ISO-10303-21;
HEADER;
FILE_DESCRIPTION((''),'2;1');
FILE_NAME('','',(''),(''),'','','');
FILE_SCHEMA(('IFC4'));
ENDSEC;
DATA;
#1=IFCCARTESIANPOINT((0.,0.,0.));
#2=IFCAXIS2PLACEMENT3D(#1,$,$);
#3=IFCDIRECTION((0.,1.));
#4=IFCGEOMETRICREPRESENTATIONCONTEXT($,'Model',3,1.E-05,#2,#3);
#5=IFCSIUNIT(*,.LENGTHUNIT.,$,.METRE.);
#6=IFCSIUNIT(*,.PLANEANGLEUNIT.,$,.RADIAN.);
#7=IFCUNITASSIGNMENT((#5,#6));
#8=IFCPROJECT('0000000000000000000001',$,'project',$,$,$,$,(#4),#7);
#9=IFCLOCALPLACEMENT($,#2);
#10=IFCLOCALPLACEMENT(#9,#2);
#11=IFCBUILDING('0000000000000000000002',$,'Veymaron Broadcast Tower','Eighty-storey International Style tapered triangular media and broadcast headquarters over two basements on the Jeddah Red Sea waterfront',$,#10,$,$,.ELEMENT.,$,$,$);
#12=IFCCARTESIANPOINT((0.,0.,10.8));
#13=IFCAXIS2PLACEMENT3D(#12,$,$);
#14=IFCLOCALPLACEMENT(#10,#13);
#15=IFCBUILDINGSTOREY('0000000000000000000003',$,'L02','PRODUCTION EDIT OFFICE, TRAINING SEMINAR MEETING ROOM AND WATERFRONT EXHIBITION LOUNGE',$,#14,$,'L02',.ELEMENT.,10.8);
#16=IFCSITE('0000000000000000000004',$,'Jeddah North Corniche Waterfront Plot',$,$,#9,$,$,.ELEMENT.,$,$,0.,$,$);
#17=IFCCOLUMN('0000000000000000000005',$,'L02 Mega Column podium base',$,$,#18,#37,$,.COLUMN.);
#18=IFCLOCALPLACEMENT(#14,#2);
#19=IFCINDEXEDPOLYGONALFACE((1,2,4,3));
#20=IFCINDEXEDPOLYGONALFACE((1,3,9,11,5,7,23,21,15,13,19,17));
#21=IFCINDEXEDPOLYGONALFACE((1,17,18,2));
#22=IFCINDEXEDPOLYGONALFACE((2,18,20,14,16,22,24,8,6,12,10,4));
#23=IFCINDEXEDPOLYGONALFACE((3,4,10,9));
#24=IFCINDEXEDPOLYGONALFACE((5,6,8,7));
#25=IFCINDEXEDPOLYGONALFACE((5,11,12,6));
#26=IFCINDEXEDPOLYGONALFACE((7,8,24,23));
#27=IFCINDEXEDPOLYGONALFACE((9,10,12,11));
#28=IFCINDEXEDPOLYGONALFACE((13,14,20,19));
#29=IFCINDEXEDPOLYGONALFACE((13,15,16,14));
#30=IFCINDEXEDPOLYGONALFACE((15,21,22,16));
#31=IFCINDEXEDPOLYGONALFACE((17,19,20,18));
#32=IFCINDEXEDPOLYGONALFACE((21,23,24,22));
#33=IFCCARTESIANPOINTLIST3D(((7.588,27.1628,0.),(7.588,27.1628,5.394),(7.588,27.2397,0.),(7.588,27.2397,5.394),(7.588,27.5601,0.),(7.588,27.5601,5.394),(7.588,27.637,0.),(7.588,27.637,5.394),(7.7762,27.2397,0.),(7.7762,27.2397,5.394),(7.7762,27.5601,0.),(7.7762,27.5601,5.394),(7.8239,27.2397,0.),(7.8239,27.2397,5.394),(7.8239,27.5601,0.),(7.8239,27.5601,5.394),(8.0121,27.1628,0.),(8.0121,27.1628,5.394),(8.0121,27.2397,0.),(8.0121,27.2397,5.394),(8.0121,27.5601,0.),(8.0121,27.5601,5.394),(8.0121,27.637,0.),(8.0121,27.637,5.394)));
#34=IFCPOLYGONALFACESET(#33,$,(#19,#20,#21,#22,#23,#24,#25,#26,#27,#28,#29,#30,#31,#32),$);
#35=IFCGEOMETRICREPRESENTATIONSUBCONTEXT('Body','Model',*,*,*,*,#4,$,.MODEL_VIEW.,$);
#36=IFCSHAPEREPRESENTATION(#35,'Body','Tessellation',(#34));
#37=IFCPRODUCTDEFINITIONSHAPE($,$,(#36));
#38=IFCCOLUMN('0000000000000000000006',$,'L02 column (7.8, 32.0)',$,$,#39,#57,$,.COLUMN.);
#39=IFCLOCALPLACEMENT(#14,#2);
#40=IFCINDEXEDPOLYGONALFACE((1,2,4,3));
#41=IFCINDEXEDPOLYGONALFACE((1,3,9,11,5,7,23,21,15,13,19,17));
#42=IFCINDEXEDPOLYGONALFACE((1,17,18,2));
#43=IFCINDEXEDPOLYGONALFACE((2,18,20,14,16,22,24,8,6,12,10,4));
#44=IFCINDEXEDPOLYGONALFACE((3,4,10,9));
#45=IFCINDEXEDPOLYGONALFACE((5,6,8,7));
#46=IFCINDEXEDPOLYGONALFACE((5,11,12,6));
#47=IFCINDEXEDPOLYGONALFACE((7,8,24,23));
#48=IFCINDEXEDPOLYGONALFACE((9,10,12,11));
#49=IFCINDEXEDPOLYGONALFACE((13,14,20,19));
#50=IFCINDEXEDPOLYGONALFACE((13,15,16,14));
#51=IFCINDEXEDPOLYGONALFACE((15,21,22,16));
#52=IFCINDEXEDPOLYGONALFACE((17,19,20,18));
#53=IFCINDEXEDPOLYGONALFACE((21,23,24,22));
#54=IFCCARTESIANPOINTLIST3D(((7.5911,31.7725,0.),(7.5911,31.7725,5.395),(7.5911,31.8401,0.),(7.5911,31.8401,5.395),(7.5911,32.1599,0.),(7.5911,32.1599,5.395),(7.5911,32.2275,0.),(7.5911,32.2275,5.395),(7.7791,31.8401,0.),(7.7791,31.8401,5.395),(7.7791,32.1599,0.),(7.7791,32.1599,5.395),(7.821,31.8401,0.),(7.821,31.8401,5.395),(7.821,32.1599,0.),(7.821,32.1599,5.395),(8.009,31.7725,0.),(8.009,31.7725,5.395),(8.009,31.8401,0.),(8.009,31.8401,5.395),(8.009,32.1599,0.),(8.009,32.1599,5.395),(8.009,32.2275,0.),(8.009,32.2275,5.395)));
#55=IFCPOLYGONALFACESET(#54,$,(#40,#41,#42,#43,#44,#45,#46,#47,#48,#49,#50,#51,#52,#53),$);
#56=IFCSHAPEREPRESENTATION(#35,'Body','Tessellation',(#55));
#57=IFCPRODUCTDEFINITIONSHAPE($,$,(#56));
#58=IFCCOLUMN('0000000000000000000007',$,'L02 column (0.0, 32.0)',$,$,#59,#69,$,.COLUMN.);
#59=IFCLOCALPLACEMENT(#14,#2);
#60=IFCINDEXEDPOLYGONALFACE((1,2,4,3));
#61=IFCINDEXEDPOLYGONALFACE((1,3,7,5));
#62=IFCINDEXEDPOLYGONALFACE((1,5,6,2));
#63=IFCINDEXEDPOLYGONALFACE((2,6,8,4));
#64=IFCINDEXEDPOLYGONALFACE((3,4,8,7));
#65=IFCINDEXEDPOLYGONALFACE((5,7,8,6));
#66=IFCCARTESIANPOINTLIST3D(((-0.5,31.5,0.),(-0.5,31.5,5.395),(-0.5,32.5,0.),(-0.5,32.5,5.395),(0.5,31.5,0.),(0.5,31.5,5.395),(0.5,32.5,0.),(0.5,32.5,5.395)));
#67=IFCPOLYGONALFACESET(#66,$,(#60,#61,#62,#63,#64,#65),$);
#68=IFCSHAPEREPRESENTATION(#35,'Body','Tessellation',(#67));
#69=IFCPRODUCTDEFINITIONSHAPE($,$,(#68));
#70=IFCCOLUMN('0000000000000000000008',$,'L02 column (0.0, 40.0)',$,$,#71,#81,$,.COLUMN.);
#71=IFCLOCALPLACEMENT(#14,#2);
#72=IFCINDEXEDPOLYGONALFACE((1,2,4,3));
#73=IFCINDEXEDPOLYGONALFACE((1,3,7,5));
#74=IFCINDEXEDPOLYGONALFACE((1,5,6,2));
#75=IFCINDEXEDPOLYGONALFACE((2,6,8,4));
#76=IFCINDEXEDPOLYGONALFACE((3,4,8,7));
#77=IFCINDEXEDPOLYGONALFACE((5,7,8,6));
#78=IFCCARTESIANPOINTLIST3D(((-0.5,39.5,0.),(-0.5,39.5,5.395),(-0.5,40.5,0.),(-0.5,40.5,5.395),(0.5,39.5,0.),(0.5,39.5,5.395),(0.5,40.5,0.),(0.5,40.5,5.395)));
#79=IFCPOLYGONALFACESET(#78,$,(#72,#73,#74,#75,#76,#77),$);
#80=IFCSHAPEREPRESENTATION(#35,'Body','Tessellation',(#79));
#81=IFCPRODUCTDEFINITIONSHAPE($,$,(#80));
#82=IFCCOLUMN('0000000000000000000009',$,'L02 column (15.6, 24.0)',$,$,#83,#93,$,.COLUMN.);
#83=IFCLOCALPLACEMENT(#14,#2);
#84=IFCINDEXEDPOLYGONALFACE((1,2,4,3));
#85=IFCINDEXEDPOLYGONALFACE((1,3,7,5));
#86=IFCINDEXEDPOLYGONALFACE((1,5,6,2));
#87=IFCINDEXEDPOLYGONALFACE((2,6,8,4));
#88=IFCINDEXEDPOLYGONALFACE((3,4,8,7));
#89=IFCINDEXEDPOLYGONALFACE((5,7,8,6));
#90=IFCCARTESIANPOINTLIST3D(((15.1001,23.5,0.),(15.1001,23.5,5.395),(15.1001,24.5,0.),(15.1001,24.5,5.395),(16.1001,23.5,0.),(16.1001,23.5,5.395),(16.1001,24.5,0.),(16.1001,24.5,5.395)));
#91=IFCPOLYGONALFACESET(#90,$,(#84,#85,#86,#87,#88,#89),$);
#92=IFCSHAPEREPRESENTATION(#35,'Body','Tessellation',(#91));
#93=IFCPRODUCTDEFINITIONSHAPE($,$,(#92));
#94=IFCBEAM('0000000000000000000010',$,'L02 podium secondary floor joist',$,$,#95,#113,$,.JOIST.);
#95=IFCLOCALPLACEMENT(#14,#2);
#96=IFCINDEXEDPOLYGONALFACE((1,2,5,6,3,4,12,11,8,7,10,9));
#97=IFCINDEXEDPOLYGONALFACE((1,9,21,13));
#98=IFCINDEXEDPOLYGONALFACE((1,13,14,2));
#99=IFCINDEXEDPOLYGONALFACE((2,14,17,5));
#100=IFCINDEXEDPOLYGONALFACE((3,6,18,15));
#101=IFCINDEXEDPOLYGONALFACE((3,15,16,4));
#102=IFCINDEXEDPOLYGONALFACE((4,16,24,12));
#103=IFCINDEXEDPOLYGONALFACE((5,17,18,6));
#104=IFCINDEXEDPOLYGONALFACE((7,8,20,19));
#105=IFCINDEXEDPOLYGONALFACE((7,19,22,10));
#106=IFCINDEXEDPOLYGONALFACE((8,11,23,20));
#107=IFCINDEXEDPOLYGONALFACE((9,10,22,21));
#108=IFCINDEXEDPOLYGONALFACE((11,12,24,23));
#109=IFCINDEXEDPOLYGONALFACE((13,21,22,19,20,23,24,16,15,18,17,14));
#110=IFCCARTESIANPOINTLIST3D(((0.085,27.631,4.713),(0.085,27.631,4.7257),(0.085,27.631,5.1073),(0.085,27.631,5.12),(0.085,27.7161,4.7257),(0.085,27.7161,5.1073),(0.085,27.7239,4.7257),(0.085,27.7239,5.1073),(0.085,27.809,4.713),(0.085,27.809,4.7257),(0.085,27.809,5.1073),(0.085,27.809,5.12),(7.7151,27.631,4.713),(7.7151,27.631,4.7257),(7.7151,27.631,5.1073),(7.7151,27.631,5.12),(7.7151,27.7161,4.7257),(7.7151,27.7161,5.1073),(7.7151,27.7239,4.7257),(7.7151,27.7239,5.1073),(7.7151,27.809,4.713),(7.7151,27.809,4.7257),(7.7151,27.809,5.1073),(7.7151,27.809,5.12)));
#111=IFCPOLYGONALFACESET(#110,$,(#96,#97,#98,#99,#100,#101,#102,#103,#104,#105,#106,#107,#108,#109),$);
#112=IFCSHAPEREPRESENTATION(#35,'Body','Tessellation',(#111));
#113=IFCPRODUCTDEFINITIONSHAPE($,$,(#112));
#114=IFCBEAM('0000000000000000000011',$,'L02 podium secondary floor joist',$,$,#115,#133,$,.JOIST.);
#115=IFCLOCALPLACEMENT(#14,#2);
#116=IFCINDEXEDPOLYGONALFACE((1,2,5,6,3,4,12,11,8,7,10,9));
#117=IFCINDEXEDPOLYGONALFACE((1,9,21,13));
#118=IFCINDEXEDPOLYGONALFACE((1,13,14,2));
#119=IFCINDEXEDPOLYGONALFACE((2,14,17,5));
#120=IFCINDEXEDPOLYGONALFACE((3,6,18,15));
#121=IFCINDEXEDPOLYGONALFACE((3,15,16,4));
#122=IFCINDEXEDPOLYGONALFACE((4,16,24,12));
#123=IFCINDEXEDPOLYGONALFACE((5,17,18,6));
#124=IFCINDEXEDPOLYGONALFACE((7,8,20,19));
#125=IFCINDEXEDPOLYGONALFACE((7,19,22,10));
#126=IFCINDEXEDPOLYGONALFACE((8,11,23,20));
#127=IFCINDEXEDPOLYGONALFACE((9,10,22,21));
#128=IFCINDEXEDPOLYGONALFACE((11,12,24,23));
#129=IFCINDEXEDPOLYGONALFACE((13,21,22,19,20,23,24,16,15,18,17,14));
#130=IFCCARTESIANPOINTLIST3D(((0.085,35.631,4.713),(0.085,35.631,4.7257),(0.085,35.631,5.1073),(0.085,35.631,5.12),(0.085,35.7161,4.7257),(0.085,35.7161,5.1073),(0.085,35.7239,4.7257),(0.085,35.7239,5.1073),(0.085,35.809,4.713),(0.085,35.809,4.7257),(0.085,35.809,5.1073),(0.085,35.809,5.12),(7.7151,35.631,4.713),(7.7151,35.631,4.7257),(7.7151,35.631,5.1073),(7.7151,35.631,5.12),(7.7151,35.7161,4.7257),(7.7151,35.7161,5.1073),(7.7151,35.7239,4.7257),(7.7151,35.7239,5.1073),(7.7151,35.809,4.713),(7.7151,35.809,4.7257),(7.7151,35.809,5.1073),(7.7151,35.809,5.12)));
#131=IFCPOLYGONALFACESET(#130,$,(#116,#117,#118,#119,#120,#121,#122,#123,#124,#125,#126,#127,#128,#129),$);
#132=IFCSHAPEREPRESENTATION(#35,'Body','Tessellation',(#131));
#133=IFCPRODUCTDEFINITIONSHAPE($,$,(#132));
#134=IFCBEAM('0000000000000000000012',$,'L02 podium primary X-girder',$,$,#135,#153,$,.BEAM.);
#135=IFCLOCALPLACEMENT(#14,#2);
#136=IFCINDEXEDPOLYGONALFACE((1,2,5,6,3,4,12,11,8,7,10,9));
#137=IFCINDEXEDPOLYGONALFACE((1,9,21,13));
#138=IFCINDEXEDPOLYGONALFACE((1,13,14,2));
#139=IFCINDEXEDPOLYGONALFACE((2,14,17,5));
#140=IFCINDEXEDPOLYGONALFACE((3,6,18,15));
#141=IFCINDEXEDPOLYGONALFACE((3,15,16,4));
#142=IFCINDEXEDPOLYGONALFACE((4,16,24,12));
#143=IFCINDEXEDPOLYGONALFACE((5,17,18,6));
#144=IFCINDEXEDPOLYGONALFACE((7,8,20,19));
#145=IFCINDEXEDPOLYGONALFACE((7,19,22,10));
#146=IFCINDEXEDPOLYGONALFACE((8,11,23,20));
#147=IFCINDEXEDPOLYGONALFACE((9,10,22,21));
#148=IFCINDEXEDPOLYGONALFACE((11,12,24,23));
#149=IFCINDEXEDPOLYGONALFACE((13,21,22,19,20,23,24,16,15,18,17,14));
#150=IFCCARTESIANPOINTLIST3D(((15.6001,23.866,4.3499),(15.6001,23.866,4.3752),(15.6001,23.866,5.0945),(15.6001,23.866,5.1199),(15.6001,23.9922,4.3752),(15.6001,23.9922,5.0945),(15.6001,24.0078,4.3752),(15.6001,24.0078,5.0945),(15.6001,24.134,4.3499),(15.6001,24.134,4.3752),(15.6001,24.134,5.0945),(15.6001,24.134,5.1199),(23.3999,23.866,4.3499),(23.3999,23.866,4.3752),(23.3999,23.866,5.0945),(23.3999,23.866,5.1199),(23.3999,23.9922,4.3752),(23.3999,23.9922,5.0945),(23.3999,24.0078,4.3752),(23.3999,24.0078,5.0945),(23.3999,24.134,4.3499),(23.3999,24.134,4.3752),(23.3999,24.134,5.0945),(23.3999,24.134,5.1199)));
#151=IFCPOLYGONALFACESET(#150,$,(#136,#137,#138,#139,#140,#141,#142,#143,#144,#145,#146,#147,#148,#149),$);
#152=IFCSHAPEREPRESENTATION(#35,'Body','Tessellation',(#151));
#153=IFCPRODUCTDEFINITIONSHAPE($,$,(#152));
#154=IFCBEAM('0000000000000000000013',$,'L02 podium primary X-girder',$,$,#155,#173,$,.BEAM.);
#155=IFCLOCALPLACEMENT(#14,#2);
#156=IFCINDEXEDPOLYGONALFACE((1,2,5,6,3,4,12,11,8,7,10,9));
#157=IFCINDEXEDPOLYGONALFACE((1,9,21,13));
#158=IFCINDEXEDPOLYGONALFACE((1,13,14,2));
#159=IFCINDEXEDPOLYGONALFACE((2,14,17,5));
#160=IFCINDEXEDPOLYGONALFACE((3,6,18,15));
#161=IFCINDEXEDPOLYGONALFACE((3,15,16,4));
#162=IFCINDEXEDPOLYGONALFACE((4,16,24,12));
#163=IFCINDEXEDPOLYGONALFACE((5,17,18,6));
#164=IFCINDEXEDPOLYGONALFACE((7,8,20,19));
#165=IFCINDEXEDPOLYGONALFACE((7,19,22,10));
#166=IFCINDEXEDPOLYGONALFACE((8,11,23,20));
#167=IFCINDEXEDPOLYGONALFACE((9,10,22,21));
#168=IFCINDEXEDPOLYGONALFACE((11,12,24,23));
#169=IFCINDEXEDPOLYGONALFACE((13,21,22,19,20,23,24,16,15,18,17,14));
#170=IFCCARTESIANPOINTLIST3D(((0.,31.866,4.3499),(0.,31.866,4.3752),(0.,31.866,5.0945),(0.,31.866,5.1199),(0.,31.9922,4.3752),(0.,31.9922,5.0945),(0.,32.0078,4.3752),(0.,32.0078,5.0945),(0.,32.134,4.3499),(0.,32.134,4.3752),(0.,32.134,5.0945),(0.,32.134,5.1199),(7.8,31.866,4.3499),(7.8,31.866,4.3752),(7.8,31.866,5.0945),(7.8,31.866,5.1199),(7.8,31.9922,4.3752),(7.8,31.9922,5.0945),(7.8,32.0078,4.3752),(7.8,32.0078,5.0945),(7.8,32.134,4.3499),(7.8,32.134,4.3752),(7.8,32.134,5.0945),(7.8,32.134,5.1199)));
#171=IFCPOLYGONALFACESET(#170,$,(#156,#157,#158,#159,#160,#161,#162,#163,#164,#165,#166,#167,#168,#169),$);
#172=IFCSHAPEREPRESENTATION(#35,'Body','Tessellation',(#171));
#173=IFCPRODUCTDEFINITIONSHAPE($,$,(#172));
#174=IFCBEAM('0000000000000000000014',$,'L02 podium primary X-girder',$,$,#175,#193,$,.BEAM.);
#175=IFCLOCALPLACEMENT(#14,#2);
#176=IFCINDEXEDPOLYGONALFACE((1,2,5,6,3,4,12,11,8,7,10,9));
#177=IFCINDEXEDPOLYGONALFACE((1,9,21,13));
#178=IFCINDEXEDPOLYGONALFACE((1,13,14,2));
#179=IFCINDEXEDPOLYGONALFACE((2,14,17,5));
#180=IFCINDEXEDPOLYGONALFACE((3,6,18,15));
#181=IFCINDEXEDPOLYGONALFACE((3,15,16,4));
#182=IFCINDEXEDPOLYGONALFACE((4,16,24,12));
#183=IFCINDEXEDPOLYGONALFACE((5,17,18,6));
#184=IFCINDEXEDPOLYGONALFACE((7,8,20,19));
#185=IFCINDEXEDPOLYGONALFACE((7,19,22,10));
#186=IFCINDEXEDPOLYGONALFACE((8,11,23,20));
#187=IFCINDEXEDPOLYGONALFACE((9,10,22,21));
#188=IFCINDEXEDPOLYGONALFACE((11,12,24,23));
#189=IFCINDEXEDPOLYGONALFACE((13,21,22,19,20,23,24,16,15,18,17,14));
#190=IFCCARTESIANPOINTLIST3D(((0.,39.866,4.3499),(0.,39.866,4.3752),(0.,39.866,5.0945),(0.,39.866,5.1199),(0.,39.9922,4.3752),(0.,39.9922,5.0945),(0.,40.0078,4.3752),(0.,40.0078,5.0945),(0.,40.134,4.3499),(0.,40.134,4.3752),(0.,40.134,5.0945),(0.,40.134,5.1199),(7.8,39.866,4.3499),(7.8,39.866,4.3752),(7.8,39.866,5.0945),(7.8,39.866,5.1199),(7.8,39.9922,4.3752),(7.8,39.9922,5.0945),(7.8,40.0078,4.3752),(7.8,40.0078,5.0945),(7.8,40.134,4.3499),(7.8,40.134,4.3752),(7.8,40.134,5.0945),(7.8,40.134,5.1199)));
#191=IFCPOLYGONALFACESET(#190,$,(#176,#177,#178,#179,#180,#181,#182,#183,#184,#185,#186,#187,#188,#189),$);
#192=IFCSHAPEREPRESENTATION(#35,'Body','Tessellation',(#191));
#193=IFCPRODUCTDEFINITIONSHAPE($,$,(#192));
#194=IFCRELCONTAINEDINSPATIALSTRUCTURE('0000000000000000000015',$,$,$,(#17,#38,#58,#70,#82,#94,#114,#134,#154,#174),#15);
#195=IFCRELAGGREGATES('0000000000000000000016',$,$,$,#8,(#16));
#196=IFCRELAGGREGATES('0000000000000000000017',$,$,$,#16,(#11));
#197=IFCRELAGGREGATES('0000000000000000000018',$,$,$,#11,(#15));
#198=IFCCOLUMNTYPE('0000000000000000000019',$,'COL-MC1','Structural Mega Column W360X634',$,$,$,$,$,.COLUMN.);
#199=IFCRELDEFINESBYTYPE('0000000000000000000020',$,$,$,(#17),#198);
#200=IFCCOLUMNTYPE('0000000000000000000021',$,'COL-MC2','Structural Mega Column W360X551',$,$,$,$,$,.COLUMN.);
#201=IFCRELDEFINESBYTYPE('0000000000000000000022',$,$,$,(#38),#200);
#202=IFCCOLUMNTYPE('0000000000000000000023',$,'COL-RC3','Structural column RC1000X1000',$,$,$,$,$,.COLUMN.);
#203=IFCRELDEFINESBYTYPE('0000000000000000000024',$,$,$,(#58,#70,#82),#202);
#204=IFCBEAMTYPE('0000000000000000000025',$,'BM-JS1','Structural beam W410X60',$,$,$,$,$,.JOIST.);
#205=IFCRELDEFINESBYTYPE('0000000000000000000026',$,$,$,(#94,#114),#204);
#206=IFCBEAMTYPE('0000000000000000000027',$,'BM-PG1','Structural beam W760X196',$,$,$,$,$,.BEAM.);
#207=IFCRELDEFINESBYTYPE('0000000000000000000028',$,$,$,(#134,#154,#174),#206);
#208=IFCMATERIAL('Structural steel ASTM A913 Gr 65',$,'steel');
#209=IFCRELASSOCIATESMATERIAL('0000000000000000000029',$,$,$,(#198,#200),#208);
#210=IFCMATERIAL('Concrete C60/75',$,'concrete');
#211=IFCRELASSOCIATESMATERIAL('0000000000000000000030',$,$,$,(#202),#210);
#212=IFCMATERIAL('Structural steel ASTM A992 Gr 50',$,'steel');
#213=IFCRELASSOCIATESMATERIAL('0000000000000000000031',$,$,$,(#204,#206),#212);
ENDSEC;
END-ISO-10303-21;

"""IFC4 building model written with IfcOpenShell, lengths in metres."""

from ifc_helpers import new_model, si_unit, direction, frame, origin, origin_2d, place, context, subcontext, project, spatial, rectangle, i_section, extrude, material, material_profile, profile_set, type_object, element, save


model = new_model("IFC4")

# Units and contexts
model_context = context("Model", 3, precision=1e-05, world=origin(), true_north=direction((0.0, 1.0)))
body_context = subcontext(model_context, "Body", "Model", "MODEL_VIEW")
ifc_project = project(units=[si_unit("LENGTHUNIT", "METRE"), si_unit("PLANEANGLEUNIT", "RADIAN")], contexts=[model_context])

# Site, building, storey
site_placement = place(None, origin())
site = spatial("IfcSite", under=ifc_project, at=site_placement, Name="Jeddah North Corniche Waterfront Plot", CompositionType="ELEMENT", RefElevation=0.0)
building_placement = place(site_placement, origin())
building = spatial("IfcBuilding", under=site, at=building_placement, Name="Veymaron Broadcast Tower", Description="Eighty-storey International Style tapered triangular media and broadcast headquarters over two basements on the Jeddah Red Sea waterfront", CompositionType="ELEMENT")
storey_placement = place(building_placement, frame((0.0, 0.0, 10.8)))
storey = spatial("IfcBuildingStorey", under=building, at=storey_placement, Name="L02", Description="PRODUCTION EDIT OFFICE, TRAINING SEMINAR MEETING ROOM AND WATERFRONT EXHIBITION LOUNGE", LongName="L02", CompositionType="ELEMENT", Elevation=10.8)

# Columns
ifc_material_1 = material(Name="Structural steel ASTM A913 Gr 65", Category="steel")
ifc_material_profile_1 = material_profile(ifc_material_1, i_section(OverallWidth=0.4241, OverallDepth=0.4741, WebThickness=0.0476, FlangeThickness=0.0769, at=origin_2d()), Name="W360X634")
ifc_profile_set_1 = profile_set([ifc_material_profile_1], Name="Structural steel ASTM A913 Gr 65")
column_type_1 = type_object("IfcColumnType", Name="COL-MC1", Description="Structural Mega Column W360X634", PredefinedType="COLUMN", material=ifc_profile_set_1)
column_1_placement = place(storey_placement, frame((7.8, 27.3999, 0.0), z_axis=(0.0, 0.0, 1.0), x_axis=(1.0, 0.0, 0.0)))
element("IfcColumn", 1, at=column_1_placement, inside=storey, type_object=column_type_1, Name="L02 Mega Column podium base", PredefinedType="COLUMN", context=body_context, shape_type="SweptSolid", body=[
    extrude(i_section(OverallWidth=0.4241, OverallDepth=0.4741, WebThickness=0.0476, FlangeThickness=0.0769, at=origin_2d()), origin(), (0.0, 0.0, 1.0), 5.394),
])
ifc_material_profile_2 = material_profile(ifc_material_1, i_section(OverallWidth=0.418, OverallDepth=0.4551, WebThickness=0.042, FlangeThickness=0.0676, at=origin_2d()), Name="W360X551")
ifc_profile_set_2 = profile_set([ifc_material_profile_2], Name="Structural steel ASTM A913 Gr 65")
column_type_2 = type_object("IfcColumnType", Name="COL-MC2", Description="Structural Mega Column W360X551", PredefinedType="COLUMN", material=ifc_profile_set_2)
column_2_placement = place(storey_placement, frame((7.8, 32.0, 0.0), z_axis=(0.0, 0.0, 1.0), x_axis=(1.0, 0.0, 0.0)))
element("IfcColumn", 2, at=column_2_placement, inside=storey, type_object=column_type_2, Name="L02 column (7.8, 32.0)", PredefinedType="COLUMN", context=body_context, shape_type="SweptSolid", body=[
    extrude(i_section(OverallWidth=0.418, OverallDepth=0.4551, WebThickness=0.042, FlangeThickness=0.0676, at=origin_2d()), origin(), (0.0, 0.0, 1.0), 5.395),
])
ifc_material_2 = material(Name="Concrete C60/75", Category="concrete")
ifc_material_profile_3 = material_profile(ifc_material_2, rectangle(XDim=1.0, YDim=1.0, at=origin_2d()), Name="RC1000X1000")
ifc_profile_set_3 = profile_set([ifc_material_profile_3], Name="Concrete C60/75")
column_type_3 = type_object("IfcColumnType", Name="COL-RC3", Description="Structural column RC1000X1000", PredefinedType="COLUMN", material=ifc_profile_set_3)
for number, where, z_axis, x_axis, name in (
    (3, (0.0, 32.0, 0.0), (0.0, 0.0, 1.0), (1.0, 0.0, 0.0), "L02 column (0.0, 32.0)"),
    (4, (0.0, 40.0, 0.0), (0.0, 0.0, 1.0), (1.0, 0.0, 0.0), "L02 column (0.0, 40.0)"),
    (5, (15.6001, 24.0, 0.0), (0.0, 0.0, 1.0), (1.0, 0.0, 0.0), "L02 column (15.6, 24.0)"),
):
    element("IfcColumn", number, at=place(storey_placement, frame(where, z_axis=z_axis, x_axis=x_axis)), inside=storey, type_object=column_type_3, Name=name, PredefinedType="COLUMN", context=body_context, shape_type="SweptSolid", body=[
        extrude(rectangle(XDim=1.0, YDim=1.0, at=origin_2d()), origin(), (0.0, 0.0, 1.0), 5.395),
    ])

# Beams
ifc_material_3 = material(Name="Structural steel ASTM A992 Gr 50", Category="steel")
ifc_material_profile_4 = material_profile(ifc_material_3, i_section(OverallWidth=0.178, OverallDepth=0.407, WebThickness=0.0078, FlangeThickness=0.0127, at=origin_2d()), Name="W410X60")
ifc_profile_set_4 = profile_set([ifc_material_profile_4], Name="Structural steel ASTM A992 Gr 50")
beam_type_1 = type_object("IfcBeamType", Name="BM-JS1", Description="Structural beam W410X60", PredefinedType="JOIST", material=ifc_profile_set_4)
for number, where, z_axis, x_axis, name in (
    (6, (0.085, 27.72, 4.9165), (1.0, 0.0, 0.0), (0.0, 1.0, 0.0), "L02 podium secondary floor joist"),
    (7, (0.085, 35.72, 4.9165), (1.0, 0.0, 0.0), (0.0, 1.0, 0.0), "L02 podium secondary floor joist"),
):
    element("IfcBeam", number, at=place(storey_placement, frame(where, z_axis=z_axis, x_axis=x_axis)), inside=storey, type_object=beam_type_1, Name=name, PredefinedType="JOIST", context=body_context, shape_type="SweptSolid", body=[
        extrude(i_section(OverallWidth=0.178, OverallDepth=0.407, WebThickness=0.0078, FlangeThickness=0.0127, at=origin_2d()), origin(), (0.0, 0.0, 1.0), 7.6301),
    ])
ifc_material_profile_5 = material_profile(ifc_material_3, i_section(OverallWidth=0.2681, OverallDepth=0.77, WebThickness=0.0156, FlangeThickness=0.0254, at=origin_2d()), Name="W760X196")
ifc_profile_set_5 = profile_set([ifc_material_profile_5], Name="Structural steel ASTM A992 Gr 50")
beam_type_2 = type_object("IfcBeamType", Name="BM-PG1", Description="Structural beam W760X196", PredefinedType="BEAM", material=ifc_profile_set_5)
beam_1_placement = place(storey_placement, frame((15.6001, 24.0, 4.7349), z_axis=(1.0, 0.0, 0.0), x_axis=(0.0, 1.0, 0.0)))
element("IfcBeam", 8, at=beam_1_placement, inside=storey, type_object=beam_type_2, Name="L02 podium primary X-girder", PredefinedType="BEAM", context=body_context, shape_type="SweptSolid", body=[
    extrude(i_section(OverallWidth=0.2681, OverallDepth=0.77, WebThickness=0.0156, FlangeThickness=0.0254, at=origin_2d()), origin(), (0.0, 0.0, 1.0), 7.7998),
])
for number, where, z_axis, x_axis, name in (
    (9, (0.0, 32.0, 4.7349), (1.0, 0.0, 0.0), (0.0, 1.0, 0.0), "L02 podium primary X-girder"),
    (10, (0.0, 40.0, 4.7349), (1.0, 0.0, 0.0), (0.0, 1.0, 0.0), "L02 podium primary X-girder"),
):
    element("IfcBeam", number, at=place(storey_placement, frame(where, z_axis=z_axis, x_axis=x_axis)), inside=storey, type_object=beam_type_2, Name=name, PredefinedType="BEAM", context=body_context, shape_type="SweptSolid", body=[
        extrude(i_section(OverallWidth=0.2681, OverallDepth=0.77, WebThickness=0.0156, FlangeThickness=0.0254, at=origin_2d()), origin(), (0.0, 0.0, 1.0), 7.8),
    ])

save(model, "model.ifc")
